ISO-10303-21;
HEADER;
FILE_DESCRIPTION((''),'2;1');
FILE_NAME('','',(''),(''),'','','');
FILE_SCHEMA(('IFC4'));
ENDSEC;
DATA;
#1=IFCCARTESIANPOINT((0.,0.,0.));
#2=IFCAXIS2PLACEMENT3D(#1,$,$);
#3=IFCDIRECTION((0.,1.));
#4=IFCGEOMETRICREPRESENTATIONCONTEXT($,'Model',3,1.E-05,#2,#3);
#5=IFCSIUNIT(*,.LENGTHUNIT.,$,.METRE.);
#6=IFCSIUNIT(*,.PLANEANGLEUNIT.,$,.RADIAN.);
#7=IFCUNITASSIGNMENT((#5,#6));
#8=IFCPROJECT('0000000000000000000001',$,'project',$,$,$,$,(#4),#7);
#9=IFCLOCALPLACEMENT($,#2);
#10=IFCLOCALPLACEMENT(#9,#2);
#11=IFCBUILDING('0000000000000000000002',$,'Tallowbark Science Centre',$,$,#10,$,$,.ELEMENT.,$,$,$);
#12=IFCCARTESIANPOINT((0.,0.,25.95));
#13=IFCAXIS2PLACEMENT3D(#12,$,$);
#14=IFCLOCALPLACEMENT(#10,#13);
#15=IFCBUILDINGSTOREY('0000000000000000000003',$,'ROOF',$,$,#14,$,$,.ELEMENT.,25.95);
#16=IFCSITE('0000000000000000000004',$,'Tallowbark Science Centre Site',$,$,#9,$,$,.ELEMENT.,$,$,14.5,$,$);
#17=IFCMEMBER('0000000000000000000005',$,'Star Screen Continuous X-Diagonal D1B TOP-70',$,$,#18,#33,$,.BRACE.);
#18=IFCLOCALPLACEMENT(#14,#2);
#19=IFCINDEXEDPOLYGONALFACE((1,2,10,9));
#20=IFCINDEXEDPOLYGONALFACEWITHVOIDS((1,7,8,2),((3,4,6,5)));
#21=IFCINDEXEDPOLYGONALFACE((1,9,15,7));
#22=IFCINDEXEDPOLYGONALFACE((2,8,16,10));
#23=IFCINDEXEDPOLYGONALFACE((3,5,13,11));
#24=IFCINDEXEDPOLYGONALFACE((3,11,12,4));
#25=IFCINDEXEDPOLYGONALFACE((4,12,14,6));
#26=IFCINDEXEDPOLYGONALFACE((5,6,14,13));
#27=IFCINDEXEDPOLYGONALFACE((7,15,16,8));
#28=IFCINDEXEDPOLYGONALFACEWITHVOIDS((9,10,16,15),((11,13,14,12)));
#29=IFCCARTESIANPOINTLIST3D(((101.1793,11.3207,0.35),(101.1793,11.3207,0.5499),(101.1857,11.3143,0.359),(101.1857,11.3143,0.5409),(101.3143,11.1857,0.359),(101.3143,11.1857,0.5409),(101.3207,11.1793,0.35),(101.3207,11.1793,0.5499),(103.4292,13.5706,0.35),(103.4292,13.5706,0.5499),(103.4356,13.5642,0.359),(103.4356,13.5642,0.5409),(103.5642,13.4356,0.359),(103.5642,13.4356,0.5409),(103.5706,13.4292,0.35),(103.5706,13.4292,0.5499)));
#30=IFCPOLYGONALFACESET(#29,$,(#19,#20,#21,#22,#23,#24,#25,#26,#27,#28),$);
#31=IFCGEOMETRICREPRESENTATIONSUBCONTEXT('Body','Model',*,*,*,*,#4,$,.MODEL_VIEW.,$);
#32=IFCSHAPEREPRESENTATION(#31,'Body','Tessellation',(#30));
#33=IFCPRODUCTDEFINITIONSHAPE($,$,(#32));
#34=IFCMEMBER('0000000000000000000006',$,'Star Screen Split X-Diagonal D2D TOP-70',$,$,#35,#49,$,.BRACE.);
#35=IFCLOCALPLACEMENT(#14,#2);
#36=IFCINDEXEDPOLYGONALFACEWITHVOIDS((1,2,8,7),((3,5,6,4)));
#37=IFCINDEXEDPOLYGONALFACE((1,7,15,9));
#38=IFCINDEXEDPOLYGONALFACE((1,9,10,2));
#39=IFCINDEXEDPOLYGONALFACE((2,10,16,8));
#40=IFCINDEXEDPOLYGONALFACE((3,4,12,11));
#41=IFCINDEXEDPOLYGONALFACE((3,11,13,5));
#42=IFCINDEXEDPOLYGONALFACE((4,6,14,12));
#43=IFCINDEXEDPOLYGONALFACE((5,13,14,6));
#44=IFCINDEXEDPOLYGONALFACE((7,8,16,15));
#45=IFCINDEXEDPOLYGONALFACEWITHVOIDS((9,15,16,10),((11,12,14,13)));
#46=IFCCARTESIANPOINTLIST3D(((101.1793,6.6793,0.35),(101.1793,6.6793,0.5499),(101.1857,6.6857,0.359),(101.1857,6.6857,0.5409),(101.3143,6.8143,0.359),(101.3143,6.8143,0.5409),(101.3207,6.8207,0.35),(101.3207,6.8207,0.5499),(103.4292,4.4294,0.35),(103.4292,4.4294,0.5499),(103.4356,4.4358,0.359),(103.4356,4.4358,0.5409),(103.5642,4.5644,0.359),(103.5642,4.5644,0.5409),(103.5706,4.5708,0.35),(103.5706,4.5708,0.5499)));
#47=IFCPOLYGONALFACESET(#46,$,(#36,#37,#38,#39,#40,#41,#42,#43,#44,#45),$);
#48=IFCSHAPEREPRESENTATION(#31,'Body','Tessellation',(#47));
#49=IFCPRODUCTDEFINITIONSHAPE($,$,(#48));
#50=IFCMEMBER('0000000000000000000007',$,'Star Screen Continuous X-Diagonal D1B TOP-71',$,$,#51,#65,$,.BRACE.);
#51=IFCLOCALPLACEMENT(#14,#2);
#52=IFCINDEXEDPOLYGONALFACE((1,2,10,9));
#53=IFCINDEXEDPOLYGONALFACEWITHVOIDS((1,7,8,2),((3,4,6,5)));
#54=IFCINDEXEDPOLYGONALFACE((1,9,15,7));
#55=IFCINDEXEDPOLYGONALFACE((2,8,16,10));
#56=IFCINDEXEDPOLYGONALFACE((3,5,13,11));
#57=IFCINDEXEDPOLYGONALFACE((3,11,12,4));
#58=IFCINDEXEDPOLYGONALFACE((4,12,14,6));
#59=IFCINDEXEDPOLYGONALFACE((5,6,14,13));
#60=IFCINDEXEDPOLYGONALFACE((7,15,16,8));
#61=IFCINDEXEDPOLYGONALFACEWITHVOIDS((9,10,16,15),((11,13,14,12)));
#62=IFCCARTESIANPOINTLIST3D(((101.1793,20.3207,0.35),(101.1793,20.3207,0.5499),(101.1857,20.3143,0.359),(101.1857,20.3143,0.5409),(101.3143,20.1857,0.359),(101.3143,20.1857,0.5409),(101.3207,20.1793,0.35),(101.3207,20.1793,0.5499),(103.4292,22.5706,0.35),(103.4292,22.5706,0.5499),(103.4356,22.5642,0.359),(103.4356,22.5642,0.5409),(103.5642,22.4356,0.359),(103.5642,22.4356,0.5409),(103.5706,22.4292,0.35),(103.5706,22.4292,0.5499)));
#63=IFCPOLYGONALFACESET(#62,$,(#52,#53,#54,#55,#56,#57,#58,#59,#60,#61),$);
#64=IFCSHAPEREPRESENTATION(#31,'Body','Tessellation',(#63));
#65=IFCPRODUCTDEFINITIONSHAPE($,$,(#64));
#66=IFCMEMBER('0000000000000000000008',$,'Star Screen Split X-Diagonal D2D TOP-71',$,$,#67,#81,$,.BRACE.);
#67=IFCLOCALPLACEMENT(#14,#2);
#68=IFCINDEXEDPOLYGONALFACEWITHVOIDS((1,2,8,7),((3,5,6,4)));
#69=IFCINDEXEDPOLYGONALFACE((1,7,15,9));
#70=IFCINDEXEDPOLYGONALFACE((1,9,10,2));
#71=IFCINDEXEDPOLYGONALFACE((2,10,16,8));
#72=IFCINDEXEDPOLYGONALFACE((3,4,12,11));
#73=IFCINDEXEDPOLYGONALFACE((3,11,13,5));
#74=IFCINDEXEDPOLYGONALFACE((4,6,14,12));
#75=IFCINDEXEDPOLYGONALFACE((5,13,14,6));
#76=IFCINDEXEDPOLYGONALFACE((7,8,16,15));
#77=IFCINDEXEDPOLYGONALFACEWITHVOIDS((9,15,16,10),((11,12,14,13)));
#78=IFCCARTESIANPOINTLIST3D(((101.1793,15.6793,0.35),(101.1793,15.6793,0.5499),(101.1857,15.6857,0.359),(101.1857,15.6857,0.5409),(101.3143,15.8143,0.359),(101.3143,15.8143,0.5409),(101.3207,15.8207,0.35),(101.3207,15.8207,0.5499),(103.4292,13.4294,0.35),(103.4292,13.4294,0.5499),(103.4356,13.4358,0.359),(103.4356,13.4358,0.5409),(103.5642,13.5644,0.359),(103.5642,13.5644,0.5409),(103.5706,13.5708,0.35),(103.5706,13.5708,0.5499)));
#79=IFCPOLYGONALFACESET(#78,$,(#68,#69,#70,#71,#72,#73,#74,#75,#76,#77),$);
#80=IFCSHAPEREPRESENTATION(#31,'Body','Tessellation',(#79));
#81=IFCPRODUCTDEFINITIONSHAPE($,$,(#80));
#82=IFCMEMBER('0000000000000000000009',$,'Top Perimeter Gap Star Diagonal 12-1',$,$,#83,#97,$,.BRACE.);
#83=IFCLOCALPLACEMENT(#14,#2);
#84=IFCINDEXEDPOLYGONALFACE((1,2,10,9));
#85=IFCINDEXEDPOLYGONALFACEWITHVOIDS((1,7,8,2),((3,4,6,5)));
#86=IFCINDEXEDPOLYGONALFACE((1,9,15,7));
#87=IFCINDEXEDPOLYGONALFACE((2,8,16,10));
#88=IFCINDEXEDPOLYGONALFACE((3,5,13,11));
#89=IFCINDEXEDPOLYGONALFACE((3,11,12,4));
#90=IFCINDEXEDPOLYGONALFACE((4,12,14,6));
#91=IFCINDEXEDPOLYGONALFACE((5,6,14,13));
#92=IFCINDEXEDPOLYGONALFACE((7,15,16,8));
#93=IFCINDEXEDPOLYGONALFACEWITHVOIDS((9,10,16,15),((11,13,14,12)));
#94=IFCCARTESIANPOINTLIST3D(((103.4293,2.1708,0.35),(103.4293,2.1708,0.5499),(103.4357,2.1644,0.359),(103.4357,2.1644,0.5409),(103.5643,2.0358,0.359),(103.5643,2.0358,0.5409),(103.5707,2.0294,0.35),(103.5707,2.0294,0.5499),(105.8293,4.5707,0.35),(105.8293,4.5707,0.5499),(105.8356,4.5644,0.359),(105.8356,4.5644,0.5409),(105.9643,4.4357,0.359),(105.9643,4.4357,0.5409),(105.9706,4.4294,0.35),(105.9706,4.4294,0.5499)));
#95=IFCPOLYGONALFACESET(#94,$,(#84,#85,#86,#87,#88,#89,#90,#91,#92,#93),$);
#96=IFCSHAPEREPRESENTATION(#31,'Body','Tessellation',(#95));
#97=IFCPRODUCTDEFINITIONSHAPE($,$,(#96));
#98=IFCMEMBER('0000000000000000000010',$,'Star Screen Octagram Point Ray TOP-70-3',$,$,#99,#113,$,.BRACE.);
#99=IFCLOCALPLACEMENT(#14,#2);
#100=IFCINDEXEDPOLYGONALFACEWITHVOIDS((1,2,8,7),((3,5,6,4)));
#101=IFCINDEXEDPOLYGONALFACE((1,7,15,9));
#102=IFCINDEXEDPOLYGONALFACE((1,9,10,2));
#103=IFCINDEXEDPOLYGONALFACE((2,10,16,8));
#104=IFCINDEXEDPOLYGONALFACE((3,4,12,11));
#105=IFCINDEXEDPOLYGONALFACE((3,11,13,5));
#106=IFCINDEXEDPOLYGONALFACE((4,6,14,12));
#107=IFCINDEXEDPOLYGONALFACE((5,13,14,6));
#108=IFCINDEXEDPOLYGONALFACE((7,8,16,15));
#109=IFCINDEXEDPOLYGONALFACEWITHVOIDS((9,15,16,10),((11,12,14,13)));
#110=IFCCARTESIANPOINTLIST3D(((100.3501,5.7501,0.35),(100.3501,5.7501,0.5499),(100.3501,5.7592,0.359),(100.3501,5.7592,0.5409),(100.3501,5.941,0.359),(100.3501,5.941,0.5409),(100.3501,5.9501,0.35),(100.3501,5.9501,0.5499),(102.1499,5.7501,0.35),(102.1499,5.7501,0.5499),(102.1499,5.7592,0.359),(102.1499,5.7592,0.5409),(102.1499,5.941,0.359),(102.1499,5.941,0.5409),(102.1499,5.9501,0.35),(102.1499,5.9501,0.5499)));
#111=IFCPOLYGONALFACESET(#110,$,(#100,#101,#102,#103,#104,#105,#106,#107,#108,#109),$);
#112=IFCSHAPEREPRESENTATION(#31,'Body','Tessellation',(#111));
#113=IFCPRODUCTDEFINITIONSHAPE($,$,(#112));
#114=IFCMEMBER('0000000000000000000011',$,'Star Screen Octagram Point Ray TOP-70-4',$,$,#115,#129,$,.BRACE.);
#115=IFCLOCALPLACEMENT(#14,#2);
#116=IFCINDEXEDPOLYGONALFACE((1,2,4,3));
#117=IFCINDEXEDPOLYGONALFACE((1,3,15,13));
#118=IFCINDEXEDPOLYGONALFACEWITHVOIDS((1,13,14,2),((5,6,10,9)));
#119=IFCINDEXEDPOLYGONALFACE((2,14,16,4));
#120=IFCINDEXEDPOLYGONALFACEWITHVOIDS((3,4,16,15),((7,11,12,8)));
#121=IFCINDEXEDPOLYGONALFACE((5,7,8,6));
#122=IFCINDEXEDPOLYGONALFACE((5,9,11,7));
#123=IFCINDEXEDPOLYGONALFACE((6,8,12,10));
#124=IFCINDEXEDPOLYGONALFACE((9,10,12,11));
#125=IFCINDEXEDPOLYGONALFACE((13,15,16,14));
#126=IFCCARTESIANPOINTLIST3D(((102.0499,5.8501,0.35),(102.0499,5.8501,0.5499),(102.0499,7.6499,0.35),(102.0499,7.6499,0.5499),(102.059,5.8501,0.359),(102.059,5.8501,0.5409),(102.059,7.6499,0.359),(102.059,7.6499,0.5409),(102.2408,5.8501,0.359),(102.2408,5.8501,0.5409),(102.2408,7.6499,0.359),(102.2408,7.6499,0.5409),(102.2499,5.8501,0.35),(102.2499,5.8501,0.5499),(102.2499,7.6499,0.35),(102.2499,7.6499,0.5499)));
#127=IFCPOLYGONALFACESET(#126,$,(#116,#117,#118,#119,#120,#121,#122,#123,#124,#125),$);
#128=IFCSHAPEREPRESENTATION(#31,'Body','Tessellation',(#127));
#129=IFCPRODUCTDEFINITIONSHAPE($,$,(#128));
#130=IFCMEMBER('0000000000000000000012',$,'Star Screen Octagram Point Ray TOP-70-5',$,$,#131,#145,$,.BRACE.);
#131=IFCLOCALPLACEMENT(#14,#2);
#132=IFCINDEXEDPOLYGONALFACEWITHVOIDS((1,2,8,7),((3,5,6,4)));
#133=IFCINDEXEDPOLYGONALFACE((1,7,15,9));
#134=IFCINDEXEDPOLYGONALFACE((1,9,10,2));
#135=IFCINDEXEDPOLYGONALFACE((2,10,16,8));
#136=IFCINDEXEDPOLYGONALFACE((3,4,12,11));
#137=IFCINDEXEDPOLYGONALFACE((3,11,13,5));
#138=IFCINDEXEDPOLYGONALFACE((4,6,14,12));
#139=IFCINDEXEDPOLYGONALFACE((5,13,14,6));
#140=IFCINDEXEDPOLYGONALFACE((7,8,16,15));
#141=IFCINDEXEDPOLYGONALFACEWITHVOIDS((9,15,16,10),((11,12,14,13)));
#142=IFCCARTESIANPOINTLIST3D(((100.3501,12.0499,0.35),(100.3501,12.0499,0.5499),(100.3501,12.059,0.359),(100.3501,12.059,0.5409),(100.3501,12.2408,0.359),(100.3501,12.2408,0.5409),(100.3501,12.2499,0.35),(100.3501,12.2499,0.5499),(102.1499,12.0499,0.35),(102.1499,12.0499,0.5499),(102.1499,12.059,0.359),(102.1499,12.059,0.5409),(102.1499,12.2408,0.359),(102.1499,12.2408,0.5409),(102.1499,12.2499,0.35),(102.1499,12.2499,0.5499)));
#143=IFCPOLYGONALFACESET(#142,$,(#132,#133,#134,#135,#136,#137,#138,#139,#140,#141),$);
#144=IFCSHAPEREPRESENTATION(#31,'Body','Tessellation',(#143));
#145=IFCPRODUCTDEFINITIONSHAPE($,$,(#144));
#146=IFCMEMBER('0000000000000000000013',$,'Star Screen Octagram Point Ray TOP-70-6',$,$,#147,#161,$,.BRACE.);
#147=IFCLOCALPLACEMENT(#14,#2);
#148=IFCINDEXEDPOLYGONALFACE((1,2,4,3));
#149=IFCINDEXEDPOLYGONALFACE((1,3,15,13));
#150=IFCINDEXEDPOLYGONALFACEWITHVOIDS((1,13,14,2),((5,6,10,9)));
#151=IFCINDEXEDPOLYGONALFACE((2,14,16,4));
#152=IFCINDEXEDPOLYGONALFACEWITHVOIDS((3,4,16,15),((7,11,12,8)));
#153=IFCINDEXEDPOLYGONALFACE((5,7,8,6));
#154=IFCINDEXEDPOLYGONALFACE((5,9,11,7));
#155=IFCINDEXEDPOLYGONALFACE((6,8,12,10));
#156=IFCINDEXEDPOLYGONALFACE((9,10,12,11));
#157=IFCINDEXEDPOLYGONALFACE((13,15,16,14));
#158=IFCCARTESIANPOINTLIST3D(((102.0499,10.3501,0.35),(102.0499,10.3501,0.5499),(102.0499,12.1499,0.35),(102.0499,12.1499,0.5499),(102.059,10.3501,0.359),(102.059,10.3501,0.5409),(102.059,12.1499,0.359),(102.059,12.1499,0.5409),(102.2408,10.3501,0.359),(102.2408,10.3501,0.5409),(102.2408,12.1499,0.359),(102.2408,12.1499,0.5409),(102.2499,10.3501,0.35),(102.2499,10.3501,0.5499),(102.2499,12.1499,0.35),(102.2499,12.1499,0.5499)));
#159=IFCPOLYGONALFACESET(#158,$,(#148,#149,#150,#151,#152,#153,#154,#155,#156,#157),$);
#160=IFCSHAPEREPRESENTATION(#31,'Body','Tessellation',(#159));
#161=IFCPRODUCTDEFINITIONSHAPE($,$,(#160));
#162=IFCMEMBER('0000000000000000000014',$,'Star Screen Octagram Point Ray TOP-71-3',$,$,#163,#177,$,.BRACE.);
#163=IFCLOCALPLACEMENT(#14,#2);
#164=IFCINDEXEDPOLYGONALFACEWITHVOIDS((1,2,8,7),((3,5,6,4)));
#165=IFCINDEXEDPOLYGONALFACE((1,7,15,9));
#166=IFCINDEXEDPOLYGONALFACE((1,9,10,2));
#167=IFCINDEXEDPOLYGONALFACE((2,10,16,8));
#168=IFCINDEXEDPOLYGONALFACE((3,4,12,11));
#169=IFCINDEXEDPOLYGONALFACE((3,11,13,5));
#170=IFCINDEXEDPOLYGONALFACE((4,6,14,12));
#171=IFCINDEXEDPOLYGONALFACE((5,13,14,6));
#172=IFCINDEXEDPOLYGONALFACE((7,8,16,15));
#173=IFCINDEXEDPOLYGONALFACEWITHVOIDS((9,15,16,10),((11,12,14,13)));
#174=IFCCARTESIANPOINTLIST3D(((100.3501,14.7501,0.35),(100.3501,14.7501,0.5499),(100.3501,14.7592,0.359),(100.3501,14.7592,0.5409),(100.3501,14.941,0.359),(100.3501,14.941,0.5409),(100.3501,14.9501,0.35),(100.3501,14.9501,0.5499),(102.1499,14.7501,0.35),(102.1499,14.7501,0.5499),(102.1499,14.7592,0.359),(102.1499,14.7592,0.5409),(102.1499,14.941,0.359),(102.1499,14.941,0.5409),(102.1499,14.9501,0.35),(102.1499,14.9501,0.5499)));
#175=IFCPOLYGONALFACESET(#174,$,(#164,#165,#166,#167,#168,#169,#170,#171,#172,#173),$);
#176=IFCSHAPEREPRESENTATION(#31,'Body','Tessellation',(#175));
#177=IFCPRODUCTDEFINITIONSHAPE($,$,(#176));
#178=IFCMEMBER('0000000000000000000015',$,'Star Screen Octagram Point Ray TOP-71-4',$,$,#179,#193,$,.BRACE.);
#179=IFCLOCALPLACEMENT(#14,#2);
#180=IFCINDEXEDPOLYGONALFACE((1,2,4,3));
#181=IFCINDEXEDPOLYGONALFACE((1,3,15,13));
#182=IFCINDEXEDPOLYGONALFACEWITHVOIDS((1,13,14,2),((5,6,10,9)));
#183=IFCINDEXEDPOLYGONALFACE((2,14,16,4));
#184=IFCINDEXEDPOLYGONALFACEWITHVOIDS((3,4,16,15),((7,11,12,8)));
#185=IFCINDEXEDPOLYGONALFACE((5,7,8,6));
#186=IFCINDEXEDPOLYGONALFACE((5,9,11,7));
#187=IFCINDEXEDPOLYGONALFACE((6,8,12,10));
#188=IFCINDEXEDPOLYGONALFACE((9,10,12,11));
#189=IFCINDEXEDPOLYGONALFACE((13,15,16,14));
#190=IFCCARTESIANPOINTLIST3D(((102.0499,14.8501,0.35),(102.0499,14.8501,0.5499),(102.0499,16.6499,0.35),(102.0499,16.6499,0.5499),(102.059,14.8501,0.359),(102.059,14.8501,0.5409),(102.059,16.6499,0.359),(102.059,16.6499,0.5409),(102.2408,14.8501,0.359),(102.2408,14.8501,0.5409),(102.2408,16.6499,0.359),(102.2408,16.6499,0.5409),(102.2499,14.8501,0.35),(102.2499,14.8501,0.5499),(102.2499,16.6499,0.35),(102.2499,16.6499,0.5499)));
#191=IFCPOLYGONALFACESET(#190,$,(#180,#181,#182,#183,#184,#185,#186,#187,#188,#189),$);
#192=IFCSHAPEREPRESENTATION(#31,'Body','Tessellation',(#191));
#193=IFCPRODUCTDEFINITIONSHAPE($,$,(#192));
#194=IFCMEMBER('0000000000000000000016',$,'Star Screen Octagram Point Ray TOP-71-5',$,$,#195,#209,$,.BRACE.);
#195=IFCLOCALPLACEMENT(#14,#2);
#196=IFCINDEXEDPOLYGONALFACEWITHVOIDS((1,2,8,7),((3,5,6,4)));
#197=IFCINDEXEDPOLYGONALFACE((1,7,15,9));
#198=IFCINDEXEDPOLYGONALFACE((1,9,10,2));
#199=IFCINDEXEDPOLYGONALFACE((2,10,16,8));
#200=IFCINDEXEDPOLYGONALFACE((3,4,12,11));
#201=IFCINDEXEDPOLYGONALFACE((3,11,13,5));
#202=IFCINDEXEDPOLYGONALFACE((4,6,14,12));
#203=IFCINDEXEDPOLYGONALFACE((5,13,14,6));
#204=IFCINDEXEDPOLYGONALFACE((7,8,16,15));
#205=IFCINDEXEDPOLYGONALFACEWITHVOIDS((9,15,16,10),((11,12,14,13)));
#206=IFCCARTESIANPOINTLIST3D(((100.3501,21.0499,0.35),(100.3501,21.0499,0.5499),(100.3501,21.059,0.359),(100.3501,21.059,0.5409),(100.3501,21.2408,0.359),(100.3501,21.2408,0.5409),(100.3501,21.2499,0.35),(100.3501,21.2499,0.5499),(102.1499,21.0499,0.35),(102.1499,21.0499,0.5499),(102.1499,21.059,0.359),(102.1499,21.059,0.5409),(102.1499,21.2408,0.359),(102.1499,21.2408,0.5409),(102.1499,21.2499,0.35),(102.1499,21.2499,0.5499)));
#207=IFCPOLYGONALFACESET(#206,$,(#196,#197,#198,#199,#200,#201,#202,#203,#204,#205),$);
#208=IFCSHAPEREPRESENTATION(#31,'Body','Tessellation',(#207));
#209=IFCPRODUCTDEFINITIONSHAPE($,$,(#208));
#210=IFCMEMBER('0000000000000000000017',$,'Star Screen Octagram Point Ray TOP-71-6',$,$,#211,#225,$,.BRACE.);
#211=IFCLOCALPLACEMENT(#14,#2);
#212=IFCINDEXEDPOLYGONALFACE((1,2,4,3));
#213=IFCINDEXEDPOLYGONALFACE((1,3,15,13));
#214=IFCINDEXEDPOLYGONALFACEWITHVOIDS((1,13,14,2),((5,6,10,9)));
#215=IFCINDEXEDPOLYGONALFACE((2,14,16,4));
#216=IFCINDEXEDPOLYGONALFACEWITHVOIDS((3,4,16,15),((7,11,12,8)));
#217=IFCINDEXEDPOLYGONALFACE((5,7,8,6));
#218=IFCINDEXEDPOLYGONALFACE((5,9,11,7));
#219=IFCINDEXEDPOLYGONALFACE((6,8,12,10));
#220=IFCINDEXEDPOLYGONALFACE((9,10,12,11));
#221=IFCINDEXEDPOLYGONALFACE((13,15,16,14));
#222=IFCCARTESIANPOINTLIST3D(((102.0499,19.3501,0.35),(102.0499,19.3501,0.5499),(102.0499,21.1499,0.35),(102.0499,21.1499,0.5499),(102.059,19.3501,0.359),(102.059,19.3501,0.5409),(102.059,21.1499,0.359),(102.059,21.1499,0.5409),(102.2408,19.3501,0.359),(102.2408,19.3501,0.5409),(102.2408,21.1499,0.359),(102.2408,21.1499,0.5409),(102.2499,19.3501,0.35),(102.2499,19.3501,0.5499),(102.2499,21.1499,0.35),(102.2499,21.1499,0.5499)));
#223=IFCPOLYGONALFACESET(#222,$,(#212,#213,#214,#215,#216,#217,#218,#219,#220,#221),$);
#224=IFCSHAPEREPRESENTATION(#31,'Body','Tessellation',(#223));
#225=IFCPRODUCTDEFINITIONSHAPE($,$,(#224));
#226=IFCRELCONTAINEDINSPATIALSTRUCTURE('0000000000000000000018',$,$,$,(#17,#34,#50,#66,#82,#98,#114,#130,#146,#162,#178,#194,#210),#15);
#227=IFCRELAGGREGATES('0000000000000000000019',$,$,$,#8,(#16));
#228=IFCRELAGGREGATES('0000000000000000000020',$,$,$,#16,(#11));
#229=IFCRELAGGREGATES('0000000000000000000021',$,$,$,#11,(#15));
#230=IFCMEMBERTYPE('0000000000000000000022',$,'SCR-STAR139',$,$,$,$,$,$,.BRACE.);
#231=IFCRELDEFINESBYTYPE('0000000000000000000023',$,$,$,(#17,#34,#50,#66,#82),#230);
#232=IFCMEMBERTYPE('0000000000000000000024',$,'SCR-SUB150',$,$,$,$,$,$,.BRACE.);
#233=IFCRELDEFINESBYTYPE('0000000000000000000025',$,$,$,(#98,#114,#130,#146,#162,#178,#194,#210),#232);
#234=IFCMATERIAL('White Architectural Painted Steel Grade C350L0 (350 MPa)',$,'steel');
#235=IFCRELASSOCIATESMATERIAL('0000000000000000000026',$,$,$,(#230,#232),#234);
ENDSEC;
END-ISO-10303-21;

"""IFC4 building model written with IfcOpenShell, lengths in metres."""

from ifc_helpers import new_model, si_unit, direction, frame, origin, origin_2d, place, context, subcontext, project, spatial, hollow_rectangle, extrude, material, material_profile, profile_set, type_object, element, save


model = new_model("IFC4")

# Units and contexts
model_context = context("Model", 3, precision=1e-05, world=origin(), true_north=direction((0.0, 1.0)))
body_context = subcontext(model_context, "Body", "Model", "MODEL_VIEW")
ifc_project = project(units=[si_unit("LENGTHUNIT", "METRE"), si_unit("PLANEANGLEUNIT", "RADIAN")], contexts=[model_context])

# Site, building, storey
site_placement = place(None, origin())
site = spatial("IfcSite", under=ifc_project, at=site_placement, Name="Tallowbark Science Centre Site", CompositionType="ELEMENT", RefElevation=14.5)
building_placement = place(site_placement, origin())
building = spatial("IfcBuilding", under=site, at=building_placement, Name="Tallowbark Science Centre", CompositionType="ELEMENT")
storey_placement = place(building_placement, frame((0.0, 0.0, 25.95)))
storey = spatial("IfcBuildingStorey", under=building, at=storey_placement, Name="ROOF", CompositionType="ELEMENT", Elevation=25.95)

# Shared definitions
ifc_material_1 = material(Name="White Architectural Painted Steel Grade C350L0 (350 MPa)", Category="steel")

# Members
ifc_material_profile_1 = material_profile(ifc_material_1, hollow_rectangle(XDim=0.2, YDim=0.2, WallThickness=0.009, at=origin_2d()), Name="200x200x9.0SHS")
ifc_profile_set_1 = profile_set([ifc_material_profile_1], Name="White Architectural Painted Steel Grade C350L0 (350 MPa)")
member_type_1 = type_object("IfcMemberType", Name="SCR-STAR139", PredefinedType="BRACE", material=ifc_profile_set_1)
for number, where, z_axis, x_axis, name in (
    (1, (101.25, 11.25, 0.45), (0.707107, 0.707107, 0.0), (-0.707107, 0.707107, 0.0), "Star Screen Continuous X-Diagonal D1B TOP-70"),
    (2, (101.25, 6.75, 0.45), (0.707107, -0.707107, 0.0), (0.707107, 0.707107, 0.0), "Star Screen Split X-Diagonal D2D TOP-70"),
    (3, (101.25, 20.25, 0.45), (0.707107, 0.707107, 0.0), (-0.707107, 0.707107, 0.0), "Star Screen Continuous X-Diagonal D1B TOP-71"),
    (4, (101.25, 15.75, 0.45), (0.707107, -0.707107, 0.0), (0.707107, 0.707107, 0.0), "Star Screen Split X-Diagonal D2D TOP-71"),
):
    element("IfcMember", number, at=place(storey_placement, frame(where, z_axis=z_axis, x_axis=x_axis)), inside=storey, type_object=member_type_1, Name=name, PredefinedType="BRACE", context=body_context, shape_type="SweptSolid", body=[
        extrude(hollow_rectangle(XDim=0.2, YDim=0.2, WallThickness=0.009, at=origin_2d()), origin(), (0.0, 0.0, 1.0), 3.1819),
    ])
member_1_placement = place(storey_placement, frame((103.5, 2.1001, 0.45), z_axis=(0.707107, 0.707107, 0.0), x_axis=(-0.707107, 0.707107, 0.0)))
element("IfcMember", 5, at=member_1_placement, inside=storey, type_object=member_type_1, Name="Top Perimeter Gap Star Diagonal 12-1", PredefinedType="BRACE", context=body_context, shape_type="SweptSolid", body=[
    extrude(hollow_rectangle(XDim=0.2, YDim=0.2, WallThickness=0.009, at=origin_2d()), origin(), (0.0, 0.0, 1.0), 3.394),
])
ifc_material_profile_2 = material_profile(ifc_material_1, hollow_rectangle(XDim=0.2, YDim=0.2, WallThickness=0.009, at=origin_2d()), Name="200x200x9.0SHS")
ifc_profile_set_2 = profile_set([ifc_material_profile_2], Name="White Architectural Painted Steel Grade C350L0 (350 MPa)")
member_type_2 = type_object("IfcMemberType", Name="SCR-SUB150", PredefinedType="BRACE", material=ifc_profile_set_2)
for number, where, z_axis, x_axis, name in (
    (6, (102.1499, 5.8501, 0.45), (-1.0, 0.0, 0.0), (0.0, -1.0, 0.0), "Star Screen Octagram Point Ray TOP-70-3"),
    (7, (102.1499, 5.8501, 0.45), (0.0, 1.0, 0.0), (-1.0, 0.0, 0.0), "Star Screen Octagram Point Ray TOP-70-4"),
    (8, (102.1499, 12.1499, 0.45), (-1.0, 0.0, 0.0), (0.0, -1.0, 0.0), "Star Screen Octagram Point Ray TOP-70-5"),
    (9, (102.1499, 12.1499, 0.45), (0.0, -1.0, 0.0), (1.0, 0.0, 0.0), "Star Screen Octagram Point Ray TOP-70-6"),
    (10, (102.1499, 14.8501, 0.45), (-1.0, 0.0, 0.0), (0.0, -1.0, 0.0), "Star Screen Octagram Point Ray TOP-71-3"),
    (11, (102.1499, 14.8501, 0.45), (0.0, 1.0, 0.0), (-1.0, 0.0, 0.0), "Star Screen Octagram Point Ray TOP-71-4"),
    (12, (102.1499, 21.1499, 0.45), (-1.0, 0.0, 0.0), (0.0, -1.0, 0.0), "Star Screen Octagram Point Ray TOP-71-5"),
    (13, (102.1499, 21.1499, 0.45), (0.0, -1.0, 0.0), (1.0, 0.0, 0.0), "Star Screen Octagram Point Ray TOP-71-6"),
):
    element("IfcMember", number, at=place(storey_placement, frame(where, z_axis=z_axis, x_axis=x_axis)), inside=storey, type_object=member_type_2, Name=name, PredefinedType="BRACE", context=body_context, shape_type="SweptSolid", body=[
        extrude(hollow_rectangle(XDim=0.2, YDim=0.2, WallThickness=0.009, at=origin_2d()), origin(), (0.0, 0.0, 1.0), 1.7998),
    ])

save(model, "model.ifc")
